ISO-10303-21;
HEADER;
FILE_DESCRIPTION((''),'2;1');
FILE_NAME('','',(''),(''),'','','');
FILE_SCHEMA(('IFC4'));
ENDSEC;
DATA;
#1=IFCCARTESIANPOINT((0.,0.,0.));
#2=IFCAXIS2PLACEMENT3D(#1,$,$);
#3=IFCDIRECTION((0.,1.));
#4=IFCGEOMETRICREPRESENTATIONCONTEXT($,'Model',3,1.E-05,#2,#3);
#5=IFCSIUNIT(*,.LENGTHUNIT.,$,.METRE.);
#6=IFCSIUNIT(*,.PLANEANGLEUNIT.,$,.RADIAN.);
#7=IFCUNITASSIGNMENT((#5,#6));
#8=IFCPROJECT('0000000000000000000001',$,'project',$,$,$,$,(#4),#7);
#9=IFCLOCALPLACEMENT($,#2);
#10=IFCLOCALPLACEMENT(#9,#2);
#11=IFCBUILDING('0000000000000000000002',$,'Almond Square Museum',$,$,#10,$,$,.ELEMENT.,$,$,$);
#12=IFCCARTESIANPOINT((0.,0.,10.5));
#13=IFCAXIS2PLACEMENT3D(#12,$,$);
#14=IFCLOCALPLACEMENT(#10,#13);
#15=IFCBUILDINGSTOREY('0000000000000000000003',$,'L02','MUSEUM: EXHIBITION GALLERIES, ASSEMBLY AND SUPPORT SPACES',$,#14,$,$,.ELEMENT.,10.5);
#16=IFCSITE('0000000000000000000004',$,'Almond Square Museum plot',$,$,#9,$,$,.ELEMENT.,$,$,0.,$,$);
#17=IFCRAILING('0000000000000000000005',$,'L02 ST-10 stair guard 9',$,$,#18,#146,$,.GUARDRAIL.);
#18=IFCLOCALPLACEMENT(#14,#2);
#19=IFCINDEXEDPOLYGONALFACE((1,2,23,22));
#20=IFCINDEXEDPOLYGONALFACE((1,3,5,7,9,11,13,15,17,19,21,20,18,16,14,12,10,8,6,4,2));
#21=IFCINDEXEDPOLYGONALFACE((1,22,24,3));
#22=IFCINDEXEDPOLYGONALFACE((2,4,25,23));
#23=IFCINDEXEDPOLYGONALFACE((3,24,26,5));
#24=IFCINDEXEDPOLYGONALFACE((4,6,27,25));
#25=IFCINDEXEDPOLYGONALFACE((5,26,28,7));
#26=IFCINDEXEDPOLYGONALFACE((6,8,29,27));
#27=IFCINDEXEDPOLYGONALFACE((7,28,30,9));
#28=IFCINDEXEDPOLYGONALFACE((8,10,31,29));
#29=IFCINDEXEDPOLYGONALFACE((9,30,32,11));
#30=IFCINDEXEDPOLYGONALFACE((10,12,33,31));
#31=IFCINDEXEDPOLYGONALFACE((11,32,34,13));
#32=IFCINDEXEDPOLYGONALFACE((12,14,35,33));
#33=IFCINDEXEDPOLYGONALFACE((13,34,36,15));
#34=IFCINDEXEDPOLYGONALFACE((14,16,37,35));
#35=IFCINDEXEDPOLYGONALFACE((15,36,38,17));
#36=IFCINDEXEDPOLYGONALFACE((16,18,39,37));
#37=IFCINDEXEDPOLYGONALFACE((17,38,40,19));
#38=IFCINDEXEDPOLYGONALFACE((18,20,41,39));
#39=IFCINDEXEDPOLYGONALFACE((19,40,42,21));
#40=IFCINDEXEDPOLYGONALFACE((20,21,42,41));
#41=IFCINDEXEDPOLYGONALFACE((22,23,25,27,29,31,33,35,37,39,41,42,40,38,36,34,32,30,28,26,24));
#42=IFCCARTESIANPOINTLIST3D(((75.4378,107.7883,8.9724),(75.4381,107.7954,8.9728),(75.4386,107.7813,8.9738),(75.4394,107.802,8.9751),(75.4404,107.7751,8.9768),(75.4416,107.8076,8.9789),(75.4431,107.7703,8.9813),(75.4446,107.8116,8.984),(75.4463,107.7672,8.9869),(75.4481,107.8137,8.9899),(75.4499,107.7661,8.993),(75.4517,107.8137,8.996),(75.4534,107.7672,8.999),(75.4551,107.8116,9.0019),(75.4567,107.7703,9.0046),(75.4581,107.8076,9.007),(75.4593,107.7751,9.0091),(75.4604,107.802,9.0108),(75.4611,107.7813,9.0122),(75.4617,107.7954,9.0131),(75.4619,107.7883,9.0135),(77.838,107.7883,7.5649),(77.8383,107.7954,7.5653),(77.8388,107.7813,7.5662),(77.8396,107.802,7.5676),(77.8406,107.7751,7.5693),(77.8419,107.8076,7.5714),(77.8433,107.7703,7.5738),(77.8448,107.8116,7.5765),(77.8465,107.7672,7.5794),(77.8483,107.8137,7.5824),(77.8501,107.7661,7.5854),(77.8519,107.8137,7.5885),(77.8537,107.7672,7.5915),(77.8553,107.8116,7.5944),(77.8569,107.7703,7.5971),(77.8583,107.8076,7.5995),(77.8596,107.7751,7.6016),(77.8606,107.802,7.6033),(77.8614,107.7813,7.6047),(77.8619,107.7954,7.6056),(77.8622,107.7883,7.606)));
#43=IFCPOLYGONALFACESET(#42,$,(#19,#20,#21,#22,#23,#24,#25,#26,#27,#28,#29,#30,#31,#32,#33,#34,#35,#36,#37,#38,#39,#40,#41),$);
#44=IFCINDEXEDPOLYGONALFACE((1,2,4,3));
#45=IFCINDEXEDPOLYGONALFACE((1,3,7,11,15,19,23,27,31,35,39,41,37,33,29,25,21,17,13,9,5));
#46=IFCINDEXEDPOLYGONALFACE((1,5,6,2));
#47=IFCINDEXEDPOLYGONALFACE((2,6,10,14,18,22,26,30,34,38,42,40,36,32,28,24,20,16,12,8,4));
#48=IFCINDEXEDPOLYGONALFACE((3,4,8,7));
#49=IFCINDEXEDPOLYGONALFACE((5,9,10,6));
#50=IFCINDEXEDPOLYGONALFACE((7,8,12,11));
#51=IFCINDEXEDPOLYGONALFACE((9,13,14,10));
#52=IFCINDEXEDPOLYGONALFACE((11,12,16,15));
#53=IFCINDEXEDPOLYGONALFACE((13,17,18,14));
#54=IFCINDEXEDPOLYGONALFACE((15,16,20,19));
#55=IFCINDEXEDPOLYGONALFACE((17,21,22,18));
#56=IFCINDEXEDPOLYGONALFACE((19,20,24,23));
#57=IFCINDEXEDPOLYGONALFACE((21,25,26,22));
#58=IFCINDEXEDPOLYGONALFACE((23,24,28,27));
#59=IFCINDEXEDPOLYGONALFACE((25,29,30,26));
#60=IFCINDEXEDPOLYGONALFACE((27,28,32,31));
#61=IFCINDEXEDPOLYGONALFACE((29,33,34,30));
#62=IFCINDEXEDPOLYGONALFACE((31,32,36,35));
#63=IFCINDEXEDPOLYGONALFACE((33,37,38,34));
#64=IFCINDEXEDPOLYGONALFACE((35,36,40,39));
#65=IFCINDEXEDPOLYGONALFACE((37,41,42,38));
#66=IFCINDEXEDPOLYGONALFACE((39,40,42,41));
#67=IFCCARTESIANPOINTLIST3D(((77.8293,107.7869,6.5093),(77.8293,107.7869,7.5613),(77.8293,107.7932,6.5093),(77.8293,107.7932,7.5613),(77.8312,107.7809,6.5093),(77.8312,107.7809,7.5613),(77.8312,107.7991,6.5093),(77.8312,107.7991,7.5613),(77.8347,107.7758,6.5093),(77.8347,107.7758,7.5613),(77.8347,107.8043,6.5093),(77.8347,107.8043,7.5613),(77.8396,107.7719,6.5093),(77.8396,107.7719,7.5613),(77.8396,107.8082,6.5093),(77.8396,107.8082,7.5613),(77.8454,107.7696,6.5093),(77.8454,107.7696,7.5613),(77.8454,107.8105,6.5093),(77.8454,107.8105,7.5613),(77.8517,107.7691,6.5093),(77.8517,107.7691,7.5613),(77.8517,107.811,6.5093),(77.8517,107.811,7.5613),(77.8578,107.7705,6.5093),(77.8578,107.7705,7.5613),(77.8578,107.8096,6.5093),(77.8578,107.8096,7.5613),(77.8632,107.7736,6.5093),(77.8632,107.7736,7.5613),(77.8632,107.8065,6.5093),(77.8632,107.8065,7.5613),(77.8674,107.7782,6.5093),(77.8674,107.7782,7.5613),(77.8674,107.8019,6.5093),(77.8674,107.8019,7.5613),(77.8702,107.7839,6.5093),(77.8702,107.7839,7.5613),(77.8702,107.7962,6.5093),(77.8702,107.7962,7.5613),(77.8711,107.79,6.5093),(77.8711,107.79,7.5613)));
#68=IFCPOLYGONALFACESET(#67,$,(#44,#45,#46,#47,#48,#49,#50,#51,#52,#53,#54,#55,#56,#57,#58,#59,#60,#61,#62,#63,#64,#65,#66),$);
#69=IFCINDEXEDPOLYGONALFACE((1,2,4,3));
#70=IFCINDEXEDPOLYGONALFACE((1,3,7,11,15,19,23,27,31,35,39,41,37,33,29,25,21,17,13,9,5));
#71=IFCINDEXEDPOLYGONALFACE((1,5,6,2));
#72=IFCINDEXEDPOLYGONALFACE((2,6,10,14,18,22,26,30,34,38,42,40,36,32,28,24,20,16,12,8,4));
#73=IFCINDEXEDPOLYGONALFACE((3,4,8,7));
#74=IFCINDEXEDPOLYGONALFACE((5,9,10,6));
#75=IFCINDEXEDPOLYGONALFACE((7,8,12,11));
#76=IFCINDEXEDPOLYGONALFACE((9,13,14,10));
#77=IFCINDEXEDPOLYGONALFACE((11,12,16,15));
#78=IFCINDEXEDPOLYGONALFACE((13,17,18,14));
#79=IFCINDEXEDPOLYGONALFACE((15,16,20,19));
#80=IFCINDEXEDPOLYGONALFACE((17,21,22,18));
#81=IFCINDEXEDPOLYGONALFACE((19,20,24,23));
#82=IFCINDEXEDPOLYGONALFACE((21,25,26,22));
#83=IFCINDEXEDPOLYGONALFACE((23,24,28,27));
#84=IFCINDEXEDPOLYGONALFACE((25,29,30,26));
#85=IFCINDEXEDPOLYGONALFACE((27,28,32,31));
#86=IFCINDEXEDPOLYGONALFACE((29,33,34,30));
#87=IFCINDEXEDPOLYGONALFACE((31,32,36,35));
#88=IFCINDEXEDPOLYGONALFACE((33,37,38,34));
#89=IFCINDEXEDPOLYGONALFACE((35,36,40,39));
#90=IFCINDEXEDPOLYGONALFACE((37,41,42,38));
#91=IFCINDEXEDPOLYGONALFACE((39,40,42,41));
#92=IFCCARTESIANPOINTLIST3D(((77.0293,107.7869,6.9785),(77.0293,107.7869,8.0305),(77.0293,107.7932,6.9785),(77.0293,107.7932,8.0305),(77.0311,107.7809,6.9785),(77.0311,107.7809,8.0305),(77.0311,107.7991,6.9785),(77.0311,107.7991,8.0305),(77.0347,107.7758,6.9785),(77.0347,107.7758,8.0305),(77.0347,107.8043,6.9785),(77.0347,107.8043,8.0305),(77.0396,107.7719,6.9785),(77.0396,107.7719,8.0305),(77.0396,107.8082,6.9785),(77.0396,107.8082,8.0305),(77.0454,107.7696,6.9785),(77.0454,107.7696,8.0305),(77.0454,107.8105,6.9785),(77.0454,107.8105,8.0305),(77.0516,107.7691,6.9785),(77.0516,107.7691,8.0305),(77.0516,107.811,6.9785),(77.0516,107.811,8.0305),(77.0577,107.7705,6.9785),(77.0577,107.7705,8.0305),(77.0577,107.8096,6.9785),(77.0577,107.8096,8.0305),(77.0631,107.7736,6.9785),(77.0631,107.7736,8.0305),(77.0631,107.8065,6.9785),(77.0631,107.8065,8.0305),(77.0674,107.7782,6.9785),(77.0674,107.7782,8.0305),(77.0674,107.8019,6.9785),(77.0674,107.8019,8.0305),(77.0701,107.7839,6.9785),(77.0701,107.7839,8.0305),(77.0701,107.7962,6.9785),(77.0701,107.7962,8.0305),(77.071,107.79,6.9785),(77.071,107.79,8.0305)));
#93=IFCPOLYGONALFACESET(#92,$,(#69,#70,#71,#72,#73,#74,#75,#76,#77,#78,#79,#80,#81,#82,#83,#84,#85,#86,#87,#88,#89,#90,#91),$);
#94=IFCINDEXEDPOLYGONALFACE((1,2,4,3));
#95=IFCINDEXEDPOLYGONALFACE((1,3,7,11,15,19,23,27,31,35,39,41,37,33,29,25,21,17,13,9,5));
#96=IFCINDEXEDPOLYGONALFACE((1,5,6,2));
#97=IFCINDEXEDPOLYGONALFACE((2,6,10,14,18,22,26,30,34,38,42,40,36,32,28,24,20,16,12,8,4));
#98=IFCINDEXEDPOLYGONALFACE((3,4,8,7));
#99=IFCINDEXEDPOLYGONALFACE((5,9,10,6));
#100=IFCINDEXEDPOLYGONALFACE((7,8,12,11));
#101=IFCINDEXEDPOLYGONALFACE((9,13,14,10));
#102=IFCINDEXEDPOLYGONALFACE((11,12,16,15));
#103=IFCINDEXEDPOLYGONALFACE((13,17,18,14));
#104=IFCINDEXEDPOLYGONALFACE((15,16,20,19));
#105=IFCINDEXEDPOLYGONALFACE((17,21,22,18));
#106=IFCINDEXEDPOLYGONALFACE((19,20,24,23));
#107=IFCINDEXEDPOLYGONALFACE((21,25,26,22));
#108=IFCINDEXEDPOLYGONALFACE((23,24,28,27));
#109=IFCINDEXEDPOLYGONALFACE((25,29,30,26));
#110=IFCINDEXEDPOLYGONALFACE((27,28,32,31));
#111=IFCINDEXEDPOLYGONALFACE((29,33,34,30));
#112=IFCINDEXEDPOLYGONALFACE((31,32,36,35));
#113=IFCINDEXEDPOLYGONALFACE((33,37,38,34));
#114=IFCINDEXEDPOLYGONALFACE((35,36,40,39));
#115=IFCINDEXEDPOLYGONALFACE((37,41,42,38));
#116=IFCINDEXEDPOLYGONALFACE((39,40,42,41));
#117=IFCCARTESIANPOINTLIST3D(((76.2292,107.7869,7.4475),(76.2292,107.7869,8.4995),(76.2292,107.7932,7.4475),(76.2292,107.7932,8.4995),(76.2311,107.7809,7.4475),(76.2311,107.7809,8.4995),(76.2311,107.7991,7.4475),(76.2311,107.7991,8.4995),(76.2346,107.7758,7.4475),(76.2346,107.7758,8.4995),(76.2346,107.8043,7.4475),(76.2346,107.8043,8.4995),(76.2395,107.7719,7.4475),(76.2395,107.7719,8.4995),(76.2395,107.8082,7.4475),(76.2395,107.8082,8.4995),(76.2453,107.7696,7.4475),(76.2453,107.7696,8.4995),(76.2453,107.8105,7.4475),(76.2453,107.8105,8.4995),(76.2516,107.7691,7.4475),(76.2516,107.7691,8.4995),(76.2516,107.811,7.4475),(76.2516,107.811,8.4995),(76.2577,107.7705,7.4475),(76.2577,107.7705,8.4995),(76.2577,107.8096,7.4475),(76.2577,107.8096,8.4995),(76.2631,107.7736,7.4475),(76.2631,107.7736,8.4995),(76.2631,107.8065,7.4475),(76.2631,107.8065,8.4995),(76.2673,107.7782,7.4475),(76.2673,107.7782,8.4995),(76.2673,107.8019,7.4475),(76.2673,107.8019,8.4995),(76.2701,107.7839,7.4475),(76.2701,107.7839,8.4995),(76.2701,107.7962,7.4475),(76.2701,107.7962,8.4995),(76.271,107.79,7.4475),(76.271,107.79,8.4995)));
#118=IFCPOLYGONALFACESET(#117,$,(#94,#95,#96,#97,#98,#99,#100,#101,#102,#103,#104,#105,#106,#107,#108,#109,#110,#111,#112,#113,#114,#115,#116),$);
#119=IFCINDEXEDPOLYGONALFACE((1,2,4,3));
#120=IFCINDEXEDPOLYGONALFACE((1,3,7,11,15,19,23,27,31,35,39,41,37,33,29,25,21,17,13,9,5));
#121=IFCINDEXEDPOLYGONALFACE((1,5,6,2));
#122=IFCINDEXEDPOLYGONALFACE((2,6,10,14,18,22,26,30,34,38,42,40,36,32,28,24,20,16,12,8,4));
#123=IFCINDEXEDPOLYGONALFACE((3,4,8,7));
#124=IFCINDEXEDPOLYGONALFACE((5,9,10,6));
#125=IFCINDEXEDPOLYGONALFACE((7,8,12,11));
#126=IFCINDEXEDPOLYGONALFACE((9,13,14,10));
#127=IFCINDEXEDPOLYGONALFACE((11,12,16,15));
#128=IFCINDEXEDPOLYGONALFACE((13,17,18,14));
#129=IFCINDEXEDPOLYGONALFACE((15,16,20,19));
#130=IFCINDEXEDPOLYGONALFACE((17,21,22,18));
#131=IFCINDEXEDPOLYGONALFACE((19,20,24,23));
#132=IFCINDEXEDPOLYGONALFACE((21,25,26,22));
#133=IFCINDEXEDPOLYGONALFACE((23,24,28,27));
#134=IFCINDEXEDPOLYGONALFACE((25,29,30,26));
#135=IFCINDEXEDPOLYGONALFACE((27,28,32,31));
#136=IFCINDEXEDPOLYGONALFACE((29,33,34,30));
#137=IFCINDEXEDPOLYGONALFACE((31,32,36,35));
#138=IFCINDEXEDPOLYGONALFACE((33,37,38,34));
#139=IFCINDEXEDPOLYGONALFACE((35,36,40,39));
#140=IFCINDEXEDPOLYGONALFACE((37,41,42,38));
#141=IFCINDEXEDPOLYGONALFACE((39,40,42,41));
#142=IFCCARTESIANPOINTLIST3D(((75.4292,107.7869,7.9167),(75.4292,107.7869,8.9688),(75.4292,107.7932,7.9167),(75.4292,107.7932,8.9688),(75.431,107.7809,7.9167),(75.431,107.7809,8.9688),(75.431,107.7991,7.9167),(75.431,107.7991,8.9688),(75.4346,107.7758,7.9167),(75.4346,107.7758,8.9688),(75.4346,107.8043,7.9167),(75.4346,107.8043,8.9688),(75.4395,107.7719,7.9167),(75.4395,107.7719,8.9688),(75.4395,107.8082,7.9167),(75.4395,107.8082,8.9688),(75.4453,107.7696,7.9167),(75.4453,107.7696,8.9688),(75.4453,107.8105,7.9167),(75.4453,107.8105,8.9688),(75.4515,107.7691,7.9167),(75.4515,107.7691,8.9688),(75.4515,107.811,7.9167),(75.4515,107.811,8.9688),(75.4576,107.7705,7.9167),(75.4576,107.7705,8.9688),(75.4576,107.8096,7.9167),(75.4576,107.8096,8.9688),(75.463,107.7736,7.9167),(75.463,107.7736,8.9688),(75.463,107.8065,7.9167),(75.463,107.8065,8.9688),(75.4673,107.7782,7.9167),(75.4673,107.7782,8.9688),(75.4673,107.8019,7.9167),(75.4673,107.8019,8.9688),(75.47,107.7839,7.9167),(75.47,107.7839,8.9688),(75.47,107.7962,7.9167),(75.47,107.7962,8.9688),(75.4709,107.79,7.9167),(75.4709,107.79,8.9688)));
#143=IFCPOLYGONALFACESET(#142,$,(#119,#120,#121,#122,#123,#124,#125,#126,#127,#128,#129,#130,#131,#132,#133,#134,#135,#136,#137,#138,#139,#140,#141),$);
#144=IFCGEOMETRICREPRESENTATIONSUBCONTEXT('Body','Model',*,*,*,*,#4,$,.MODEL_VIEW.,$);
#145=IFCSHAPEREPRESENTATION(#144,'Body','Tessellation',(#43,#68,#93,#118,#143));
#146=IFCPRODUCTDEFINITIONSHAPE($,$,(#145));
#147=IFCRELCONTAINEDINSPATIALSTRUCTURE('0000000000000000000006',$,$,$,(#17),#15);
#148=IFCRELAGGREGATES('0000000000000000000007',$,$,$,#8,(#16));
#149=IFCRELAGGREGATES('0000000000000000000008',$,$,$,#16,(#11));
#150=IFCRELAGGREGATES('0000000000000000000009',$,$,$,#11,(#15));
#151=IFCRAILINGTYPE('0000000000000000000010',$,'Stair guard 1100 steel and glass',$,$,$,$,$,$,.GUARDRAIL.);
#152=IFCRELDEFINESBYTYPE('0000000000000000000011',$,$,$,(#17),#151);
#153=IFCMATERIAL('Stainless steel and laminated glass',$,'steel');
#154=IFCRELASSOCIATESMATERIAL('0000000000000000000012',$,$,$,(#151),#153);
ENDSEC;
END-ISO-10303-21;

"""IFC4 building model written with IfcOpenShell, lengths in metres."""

from ifc_helpers import new_model, si_unit, direction, frame, origin, origin_2d, place, context, subcontext, project, spatial, circle, extrude, material, type_object, element, save


model = new_model("IFC4")

# Units and contexts
model_context = context("Model", 3, precision=1e-05, world=origin(), true_north=direction((0.0, 1.0)))
body_context = subcontext(model_context, "Body", "Model", "MODEL_VIEW")
ifc_project = project(units=[si_unit("LENGTHUNIT", "METRE"), si_unit("PLANEANGLEUNIT", "RADIAN")], contexts=[model_context])

# Site, building, storey
site_placement = place(None, origin())
site = spatial("IfcSite", under=ifc_project, at=site_placement, Name="Almond Square Museum plot", CompositionType="ELEMENT", RefElevation=0.0)
building_placement = place(site_placement, origin())
building = spatial("IfcBuilding", under=site, at=building_placement, Name="Almond Square Museum", CompositionType="ELEMENT")
storey_placement = place(building_placement, frame((0.0, 0.0, 10.5)))
storey = spatial("IfcBuildingStorey", under=building, at=storey_placement, Name="L02", Description="MUSEUM: EXHIBITION GALLERIES, ASSEMBLY AND SUPPORT SPACES", CompositionType="ELEMENT", Elevation=10.5)

# Railing
ifc_material_1 = material(Name="Stainless steel and laminated glass", Category="steel")
railing_type_1 = type_object("IfcRailingType", Name="Stair guard 1100 steel and glass", PredefinedType="GUARDRAIL", material=ifc_material_1)
railing_1_placement = place(storey_placement, frame((77.8501, 107.79, 6.5093)))
element("IfcRailing", 1, at=railing_1_placement, inside=storey, type_object=railing_type_1, Name="L02 ST-10 stair guard 9", PredefinedType="GUARDRAIL", context=body_context, shape_type="SweptSolid", body=[
    extrude(circle(Radius=0.0239, at=origin_2d()), frame((0.0, 0.0, 1.0762), z_axis=(-0.862621, 0.0, 0.50585), x_axis=(0.0, -1.0, 0.0)), (0.0, 0.0, 1.0), 2.7825),
    extrude(circle(Radius=0.021, at=origin_2d()), origin(), (0.0, 0.0, 1.0), 1.052),
    extrude(circle(Radius=0.021, at=origin_2d()), frame((-0.8, 0.0, 0.4692)), (0.0, 0.0, 1.0), 1.052),
    extrude(circle(Radius=0.021, at=origin_2d()), frame((-1.6001, 0.0, 0.9382)), (0.0, 0.0, 1.0), 1.052),
    extrude(circle(Radius=0.021, at=origin_2d()), frame((-2.4001, 0.0, 1.4075)), (0.0, 0.0, 1.0), 1.052),
])

save(model, "model.ifc")
